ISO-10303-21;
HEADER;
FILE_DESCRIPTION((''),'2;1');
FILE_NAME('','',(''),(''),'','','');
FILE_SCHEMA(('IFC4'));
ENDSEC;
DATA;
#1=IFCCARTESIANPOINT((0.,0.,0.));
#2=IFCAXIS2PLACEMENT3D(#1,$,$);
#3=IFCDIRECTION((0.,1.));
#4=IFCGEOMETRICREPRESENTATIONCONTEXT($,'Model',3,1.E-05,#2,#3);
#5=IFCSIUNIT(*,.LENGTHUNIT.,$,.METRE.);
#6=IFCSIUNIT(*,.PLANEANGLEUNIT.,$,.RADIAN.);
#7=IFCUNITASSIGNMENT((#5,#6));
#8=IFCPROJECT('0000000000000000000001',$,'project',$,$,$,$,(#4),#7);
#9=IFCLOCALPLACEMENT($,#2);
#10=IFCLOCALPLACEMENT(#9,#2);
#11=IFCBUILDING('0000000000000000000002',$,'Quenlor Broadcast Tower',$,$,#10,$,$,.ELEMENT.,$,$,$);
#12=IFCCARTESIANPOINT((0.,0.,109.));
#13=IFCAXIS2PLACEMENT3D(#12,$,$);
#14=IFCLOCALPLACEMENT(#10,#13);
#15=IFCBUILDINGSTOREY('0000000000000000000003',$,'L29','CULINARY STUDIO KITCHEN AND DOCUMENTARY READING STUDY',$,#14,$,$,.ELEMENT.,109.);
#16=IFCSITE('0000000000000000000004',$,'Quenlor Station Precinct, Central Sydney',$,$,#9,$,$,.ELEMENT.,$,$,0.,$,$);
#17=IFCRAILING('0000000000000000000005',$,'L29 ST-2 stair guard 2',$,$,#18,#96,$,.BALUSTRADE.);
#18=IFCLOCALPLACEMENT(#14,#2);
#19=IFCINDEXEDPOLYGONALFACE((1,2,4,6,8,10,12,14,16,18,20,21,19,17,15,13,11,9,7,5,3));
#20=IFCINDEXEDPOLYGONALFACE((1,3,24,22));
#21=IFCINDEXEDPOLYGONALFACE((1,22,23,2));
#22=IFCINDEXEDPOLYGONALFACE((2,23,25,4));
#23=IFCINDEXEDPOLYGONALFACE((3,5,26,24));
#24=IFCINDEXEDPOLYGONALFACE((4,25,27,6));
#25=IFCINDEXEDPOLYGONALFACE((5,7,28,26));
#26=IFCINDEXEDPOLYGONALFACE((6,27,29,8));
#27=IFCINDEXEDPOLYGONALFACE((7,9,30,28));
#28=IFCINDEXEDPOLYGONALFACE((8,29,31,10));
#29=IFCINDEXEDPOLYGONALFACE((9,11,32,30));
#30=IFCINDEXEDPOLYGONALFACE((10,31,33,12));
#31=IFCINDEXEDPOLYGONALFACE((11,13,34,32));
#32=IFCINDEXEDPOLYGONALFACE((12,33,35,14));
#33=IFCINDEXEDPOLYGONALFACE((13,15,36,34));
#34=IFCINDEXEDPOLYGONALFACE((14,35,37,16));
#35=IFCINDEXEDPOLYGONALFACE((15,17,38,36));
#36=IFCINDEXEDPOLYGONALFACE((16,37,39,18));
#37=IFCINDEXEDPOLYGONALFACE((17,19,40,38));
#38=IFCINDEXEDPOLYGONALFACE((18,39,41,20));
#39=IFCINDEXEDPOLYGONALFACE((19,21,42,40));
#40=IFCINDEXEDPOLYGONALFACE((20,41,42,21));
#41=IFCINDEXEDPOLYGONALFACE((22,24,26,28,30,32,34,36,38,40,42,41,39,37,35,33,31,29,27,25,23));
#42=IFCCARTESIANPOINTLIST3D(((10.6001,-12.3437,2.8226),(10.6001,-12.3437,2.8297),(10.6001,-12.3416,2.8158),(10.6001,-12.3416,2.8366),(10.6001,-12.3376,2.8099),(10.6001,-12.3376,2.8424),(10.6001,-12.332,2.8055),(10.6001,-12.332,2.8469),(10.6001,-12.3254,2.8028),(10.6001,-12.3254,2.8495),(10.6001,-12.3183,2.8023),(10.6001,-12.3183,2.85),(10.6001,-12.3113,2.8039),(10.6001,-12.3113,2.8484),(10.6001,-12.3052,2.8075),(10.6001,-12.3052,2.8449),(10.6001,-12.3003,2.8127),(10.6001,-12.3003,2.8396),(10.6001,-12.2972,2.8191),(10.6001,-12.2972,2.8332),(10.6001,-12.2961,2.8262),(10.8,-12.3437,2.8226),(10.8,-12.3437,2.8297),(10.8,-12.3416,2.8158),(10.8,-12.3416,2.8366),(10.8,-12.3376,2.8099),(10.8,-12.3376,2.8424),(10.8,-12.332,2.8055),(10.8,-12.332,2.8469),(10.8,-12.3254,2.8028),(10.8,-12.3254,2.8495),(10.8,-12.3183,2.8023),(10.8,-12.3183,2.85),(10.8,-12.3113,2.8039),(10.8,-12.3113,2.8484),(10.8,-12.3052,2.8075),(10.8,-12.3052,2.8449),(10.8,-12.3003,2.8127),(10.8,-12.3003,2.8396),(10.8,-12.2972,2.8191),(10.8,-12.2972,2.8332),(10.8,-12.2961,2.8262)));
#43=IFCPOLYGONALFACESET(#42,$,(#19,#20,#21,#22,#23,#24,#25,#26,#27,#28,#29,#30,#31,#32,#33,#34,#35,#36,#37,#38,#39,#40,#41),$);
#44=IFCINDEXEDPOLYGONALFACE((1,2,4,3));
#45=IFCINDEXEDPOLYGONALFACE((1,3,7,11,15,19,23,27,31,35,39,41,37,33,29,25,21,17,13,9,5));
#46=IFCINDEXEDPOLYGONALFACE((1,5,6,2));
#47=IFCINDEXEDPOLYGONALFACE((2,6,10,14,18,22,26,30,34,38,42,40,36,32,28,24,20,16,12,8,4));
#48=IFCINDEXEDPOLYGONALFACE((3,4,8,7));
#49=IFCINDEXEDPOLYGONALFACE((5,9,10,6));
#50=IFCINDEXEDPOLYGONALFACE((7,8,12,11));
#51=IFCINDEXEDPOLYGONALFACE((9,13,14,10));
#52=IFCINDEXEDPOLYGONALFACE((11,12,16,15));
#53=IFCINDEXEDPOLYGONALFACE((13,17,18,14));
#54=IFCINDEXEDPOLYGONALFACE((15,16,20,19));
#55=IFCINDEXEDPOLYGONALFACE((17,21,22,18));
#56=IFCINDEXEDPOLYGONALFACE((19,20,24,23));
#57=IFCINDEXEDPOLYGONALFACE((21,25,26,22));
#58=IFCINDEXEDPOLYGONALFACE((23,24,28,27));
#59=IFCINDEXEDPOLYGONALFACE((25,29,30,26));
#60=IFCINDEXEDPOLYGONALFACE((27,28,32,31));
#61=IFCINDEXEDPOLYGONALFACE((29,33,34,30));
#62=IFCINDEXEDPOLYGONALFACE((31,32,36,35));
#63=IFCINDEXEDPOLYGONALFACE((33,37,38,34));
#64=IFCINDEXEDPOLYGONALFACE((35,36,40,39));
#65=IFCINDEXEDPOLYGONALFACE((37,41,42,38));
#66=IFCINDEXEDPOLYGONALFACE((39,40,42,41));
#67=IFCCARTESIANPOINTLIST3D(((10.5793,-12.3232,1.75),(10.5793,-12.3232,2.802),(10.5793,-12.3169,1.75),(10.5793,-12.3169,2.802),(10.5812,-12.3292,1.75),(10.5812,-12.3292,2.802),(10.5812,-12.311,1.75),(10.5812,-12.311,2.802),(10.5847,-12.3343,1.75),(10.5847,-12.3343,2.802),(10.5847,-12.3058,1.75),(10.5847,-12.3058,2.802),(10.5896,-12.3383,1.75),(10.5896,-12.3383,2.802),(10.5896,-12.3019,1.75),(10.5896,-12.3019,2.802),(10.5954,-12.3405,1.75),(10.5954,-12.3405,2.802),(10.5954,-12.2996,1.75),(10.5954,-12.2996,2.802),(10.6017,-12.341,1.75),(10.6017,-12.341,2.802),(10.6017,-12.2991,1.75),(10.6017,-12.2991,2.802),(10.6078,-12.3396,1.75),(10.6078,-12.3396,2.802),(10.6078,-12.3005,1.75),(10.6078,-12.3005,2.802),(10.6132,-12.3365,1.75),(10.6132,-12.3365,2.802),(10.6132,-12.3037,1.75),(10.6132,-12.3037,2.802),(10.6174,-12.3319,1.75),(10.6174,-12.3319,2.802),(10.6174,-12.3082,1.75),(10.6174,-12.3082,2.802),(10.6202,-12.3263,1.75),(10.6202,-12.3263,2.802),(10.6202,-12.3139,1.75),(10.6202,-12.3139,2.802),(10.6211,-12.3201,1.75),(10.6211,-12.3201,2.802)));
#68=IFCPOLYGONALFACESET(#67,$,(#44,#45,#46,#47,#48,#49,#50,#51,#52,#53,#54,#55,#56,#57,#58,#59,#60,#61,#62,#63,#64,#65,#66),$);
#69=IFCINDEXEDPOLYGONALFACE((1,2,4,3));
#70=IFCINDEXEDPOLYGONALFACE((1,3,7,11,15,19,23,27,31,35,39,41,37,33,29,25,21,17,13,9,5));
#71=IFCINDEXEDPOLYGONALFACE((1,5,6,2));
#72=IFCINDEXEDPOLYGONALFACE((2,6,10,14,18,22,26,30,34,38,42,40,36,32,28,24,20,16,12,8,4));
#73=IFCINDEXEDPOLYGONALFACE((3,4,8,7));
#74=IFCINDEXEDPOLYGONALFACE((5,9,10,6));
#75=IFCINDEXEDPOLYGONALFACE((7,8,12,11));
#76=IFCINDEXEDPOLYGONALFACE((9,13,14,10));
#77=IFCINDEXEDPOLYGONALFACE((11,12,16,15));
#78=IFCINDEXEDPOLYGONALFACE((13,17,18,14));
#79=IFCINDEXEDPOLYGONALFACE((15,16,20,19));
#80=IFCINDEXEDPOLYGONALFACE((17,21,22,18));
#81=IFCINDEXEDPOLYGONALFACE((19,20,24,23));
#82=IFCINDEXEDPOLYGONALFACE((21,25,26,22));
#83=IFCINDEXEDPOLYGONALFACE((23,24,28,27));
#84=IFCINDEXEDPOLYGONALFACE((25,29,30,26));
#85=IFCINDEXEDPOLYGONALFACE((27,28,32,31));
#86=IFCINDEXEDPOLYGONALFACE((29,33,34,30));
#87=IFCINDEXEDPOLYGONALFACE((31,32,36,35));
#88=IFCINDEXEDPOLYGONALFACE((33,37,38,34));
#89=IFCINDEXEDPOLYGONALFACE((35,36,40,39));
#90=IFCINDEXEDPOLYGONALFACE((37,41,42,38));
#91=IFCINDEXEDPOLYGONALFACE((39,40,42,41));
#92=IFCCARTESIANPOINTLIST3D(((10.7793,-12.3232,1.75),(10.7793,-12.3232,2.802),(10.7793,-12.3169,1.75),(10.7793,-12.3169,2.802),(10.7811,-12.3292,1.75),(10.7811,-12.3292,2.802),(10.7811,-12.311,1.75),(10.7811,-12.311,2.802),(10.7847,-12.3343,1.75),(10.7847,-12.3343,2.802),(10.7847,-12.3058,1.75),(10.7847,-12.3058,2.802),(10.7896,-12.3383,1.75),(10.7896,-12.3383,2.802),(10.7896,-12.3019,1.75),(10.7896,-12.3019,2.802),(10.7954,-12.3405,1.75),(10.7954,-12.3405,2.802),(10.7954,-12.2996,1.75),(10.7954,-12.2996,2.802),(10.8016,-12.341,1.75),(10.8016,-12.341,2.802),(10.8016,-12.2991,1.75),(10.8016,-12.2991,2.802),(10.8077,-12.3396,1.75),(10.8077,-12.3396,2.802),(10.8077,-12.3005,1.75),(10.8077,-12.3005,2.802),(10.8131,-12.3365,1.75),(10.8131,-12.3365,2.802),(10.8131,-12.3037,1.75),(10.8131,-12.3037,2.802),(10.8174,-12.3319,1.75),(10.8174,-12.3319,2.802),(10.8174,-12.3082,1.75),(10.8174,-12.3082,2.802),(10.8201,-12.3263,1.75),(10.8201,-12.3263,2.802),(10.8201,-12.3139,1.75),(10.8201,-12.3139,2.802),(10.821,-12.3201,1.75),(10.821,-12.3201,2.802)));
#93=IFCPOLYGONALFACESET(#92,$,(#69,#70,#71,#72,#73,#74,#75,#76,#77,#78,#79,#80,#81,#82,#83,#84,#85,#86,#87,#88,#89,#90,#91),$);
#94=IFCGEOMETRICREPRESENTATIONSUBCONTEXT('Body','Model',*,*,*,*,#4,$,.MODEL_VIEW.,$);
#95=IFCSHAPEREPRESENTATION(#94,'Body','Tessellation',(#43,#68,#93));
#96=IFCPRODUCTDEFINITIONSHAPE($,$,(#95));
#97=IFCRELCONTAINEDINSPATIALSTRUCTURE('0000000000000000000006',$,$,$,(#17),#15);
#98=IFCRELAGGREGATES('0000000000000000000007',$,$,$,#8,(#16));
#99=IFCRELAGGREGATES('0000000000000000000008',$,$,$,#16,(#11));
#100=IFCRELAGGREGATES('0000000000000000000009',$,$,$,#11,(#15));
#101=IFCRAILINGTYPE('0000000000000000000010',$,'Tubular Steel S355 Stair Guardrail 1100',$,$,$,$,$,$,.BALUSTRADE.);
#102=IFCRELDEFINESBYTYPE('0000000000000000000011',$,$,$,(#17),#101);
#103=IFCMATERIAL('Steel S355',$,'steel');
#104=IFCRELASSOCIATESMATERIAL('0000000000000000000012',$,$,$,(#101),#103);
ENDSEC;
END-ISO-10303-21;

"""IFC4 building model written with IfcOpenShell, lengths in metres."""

from ifc_helpers import new_model, si_unit, direction, frame, origin, origin_2d, place, context, subcontext, project, spatial, circle, extrude, material, type_object, element, save


model = new_model("IFC4")

# Units and contexts
model_context = context("Model", 3, precision=1e-05, world=origin(), true_north=direction((0.0, 1.0)))
body_context = subcontext(model_context, "Body", "Model", "MODEL_VIEW")
ifc_project = project(units=[si_unit("LENGTHUNIT", "METRE"), si_unit("PLANEANGLEUNIT", "RADIAN")], contexts=[model_context])

# Site, building, storey
site_placement = place(None, origin())
site = spatial("IfcSite", under=ifc_project, at=site_placement, Name="Quenlor Station Precinct, Central Sydney", CompositionType="ELEMENT", RefElevation=0.0)
building_placement = place(site_placement, origin())
building = spatial("IfcBuilding", under=site, at=building_placement, Name="Quenlor Broadcast Tower", CompositionType="ELEMENT")
storey_placement = place(building_placement, frame((0.0, 0.0, 109.0)))
storey = spatial("IfcBuildingStorey", under=building, at=storey_placement, Name="L29", Description="CULINARY STUDIO KITCHEN AND DOCUMENTARY READING STUDY", CompositionType="ELEMENT", Elevation=109.0)

# Railing
ifc_material_1 = material(Name="Steel S355", Category="steel")
railing_type_1 = type_object("IfcRailingType", Name="Tubular Steel S355 Stair Guardrail 1100", PredefinedType="BALUSTRADE", material=ifc_material_1)
railing_1_placement = place(storey_placement, frame((10.6001, -12.3201, 1.75)))
element("IfcRailing", 1, at=railing_1_placement, inside=storey, type_object=railing_type_1, Name="L29 ST-2 stair guard 2", PredefinedType="BALUSTRADE", context=body_context, shape_type="SweptSolid", body=[
    extrude(circle(Radius=0.0239, at=origin_2d()), frame((0.0, 0.0, 1.0762), z_axis=(1.0, 0.0, 0.0), x_axis=(0.0, 1.0, 0.0)), (0.0, 0.0, 1.0), 0.2),
    extrude(circle(Radius=0.021, at=origin_2d()), origin(), (0.0, 0.0, 1.0), 1.052),
    extrude(circle(Radius=0.021, at=origin_2d()), frame((0.2, 0.0, 0.0)), (0.0, 0.0, 1.0), 1.052),
])

save(model, "model.ifc")
